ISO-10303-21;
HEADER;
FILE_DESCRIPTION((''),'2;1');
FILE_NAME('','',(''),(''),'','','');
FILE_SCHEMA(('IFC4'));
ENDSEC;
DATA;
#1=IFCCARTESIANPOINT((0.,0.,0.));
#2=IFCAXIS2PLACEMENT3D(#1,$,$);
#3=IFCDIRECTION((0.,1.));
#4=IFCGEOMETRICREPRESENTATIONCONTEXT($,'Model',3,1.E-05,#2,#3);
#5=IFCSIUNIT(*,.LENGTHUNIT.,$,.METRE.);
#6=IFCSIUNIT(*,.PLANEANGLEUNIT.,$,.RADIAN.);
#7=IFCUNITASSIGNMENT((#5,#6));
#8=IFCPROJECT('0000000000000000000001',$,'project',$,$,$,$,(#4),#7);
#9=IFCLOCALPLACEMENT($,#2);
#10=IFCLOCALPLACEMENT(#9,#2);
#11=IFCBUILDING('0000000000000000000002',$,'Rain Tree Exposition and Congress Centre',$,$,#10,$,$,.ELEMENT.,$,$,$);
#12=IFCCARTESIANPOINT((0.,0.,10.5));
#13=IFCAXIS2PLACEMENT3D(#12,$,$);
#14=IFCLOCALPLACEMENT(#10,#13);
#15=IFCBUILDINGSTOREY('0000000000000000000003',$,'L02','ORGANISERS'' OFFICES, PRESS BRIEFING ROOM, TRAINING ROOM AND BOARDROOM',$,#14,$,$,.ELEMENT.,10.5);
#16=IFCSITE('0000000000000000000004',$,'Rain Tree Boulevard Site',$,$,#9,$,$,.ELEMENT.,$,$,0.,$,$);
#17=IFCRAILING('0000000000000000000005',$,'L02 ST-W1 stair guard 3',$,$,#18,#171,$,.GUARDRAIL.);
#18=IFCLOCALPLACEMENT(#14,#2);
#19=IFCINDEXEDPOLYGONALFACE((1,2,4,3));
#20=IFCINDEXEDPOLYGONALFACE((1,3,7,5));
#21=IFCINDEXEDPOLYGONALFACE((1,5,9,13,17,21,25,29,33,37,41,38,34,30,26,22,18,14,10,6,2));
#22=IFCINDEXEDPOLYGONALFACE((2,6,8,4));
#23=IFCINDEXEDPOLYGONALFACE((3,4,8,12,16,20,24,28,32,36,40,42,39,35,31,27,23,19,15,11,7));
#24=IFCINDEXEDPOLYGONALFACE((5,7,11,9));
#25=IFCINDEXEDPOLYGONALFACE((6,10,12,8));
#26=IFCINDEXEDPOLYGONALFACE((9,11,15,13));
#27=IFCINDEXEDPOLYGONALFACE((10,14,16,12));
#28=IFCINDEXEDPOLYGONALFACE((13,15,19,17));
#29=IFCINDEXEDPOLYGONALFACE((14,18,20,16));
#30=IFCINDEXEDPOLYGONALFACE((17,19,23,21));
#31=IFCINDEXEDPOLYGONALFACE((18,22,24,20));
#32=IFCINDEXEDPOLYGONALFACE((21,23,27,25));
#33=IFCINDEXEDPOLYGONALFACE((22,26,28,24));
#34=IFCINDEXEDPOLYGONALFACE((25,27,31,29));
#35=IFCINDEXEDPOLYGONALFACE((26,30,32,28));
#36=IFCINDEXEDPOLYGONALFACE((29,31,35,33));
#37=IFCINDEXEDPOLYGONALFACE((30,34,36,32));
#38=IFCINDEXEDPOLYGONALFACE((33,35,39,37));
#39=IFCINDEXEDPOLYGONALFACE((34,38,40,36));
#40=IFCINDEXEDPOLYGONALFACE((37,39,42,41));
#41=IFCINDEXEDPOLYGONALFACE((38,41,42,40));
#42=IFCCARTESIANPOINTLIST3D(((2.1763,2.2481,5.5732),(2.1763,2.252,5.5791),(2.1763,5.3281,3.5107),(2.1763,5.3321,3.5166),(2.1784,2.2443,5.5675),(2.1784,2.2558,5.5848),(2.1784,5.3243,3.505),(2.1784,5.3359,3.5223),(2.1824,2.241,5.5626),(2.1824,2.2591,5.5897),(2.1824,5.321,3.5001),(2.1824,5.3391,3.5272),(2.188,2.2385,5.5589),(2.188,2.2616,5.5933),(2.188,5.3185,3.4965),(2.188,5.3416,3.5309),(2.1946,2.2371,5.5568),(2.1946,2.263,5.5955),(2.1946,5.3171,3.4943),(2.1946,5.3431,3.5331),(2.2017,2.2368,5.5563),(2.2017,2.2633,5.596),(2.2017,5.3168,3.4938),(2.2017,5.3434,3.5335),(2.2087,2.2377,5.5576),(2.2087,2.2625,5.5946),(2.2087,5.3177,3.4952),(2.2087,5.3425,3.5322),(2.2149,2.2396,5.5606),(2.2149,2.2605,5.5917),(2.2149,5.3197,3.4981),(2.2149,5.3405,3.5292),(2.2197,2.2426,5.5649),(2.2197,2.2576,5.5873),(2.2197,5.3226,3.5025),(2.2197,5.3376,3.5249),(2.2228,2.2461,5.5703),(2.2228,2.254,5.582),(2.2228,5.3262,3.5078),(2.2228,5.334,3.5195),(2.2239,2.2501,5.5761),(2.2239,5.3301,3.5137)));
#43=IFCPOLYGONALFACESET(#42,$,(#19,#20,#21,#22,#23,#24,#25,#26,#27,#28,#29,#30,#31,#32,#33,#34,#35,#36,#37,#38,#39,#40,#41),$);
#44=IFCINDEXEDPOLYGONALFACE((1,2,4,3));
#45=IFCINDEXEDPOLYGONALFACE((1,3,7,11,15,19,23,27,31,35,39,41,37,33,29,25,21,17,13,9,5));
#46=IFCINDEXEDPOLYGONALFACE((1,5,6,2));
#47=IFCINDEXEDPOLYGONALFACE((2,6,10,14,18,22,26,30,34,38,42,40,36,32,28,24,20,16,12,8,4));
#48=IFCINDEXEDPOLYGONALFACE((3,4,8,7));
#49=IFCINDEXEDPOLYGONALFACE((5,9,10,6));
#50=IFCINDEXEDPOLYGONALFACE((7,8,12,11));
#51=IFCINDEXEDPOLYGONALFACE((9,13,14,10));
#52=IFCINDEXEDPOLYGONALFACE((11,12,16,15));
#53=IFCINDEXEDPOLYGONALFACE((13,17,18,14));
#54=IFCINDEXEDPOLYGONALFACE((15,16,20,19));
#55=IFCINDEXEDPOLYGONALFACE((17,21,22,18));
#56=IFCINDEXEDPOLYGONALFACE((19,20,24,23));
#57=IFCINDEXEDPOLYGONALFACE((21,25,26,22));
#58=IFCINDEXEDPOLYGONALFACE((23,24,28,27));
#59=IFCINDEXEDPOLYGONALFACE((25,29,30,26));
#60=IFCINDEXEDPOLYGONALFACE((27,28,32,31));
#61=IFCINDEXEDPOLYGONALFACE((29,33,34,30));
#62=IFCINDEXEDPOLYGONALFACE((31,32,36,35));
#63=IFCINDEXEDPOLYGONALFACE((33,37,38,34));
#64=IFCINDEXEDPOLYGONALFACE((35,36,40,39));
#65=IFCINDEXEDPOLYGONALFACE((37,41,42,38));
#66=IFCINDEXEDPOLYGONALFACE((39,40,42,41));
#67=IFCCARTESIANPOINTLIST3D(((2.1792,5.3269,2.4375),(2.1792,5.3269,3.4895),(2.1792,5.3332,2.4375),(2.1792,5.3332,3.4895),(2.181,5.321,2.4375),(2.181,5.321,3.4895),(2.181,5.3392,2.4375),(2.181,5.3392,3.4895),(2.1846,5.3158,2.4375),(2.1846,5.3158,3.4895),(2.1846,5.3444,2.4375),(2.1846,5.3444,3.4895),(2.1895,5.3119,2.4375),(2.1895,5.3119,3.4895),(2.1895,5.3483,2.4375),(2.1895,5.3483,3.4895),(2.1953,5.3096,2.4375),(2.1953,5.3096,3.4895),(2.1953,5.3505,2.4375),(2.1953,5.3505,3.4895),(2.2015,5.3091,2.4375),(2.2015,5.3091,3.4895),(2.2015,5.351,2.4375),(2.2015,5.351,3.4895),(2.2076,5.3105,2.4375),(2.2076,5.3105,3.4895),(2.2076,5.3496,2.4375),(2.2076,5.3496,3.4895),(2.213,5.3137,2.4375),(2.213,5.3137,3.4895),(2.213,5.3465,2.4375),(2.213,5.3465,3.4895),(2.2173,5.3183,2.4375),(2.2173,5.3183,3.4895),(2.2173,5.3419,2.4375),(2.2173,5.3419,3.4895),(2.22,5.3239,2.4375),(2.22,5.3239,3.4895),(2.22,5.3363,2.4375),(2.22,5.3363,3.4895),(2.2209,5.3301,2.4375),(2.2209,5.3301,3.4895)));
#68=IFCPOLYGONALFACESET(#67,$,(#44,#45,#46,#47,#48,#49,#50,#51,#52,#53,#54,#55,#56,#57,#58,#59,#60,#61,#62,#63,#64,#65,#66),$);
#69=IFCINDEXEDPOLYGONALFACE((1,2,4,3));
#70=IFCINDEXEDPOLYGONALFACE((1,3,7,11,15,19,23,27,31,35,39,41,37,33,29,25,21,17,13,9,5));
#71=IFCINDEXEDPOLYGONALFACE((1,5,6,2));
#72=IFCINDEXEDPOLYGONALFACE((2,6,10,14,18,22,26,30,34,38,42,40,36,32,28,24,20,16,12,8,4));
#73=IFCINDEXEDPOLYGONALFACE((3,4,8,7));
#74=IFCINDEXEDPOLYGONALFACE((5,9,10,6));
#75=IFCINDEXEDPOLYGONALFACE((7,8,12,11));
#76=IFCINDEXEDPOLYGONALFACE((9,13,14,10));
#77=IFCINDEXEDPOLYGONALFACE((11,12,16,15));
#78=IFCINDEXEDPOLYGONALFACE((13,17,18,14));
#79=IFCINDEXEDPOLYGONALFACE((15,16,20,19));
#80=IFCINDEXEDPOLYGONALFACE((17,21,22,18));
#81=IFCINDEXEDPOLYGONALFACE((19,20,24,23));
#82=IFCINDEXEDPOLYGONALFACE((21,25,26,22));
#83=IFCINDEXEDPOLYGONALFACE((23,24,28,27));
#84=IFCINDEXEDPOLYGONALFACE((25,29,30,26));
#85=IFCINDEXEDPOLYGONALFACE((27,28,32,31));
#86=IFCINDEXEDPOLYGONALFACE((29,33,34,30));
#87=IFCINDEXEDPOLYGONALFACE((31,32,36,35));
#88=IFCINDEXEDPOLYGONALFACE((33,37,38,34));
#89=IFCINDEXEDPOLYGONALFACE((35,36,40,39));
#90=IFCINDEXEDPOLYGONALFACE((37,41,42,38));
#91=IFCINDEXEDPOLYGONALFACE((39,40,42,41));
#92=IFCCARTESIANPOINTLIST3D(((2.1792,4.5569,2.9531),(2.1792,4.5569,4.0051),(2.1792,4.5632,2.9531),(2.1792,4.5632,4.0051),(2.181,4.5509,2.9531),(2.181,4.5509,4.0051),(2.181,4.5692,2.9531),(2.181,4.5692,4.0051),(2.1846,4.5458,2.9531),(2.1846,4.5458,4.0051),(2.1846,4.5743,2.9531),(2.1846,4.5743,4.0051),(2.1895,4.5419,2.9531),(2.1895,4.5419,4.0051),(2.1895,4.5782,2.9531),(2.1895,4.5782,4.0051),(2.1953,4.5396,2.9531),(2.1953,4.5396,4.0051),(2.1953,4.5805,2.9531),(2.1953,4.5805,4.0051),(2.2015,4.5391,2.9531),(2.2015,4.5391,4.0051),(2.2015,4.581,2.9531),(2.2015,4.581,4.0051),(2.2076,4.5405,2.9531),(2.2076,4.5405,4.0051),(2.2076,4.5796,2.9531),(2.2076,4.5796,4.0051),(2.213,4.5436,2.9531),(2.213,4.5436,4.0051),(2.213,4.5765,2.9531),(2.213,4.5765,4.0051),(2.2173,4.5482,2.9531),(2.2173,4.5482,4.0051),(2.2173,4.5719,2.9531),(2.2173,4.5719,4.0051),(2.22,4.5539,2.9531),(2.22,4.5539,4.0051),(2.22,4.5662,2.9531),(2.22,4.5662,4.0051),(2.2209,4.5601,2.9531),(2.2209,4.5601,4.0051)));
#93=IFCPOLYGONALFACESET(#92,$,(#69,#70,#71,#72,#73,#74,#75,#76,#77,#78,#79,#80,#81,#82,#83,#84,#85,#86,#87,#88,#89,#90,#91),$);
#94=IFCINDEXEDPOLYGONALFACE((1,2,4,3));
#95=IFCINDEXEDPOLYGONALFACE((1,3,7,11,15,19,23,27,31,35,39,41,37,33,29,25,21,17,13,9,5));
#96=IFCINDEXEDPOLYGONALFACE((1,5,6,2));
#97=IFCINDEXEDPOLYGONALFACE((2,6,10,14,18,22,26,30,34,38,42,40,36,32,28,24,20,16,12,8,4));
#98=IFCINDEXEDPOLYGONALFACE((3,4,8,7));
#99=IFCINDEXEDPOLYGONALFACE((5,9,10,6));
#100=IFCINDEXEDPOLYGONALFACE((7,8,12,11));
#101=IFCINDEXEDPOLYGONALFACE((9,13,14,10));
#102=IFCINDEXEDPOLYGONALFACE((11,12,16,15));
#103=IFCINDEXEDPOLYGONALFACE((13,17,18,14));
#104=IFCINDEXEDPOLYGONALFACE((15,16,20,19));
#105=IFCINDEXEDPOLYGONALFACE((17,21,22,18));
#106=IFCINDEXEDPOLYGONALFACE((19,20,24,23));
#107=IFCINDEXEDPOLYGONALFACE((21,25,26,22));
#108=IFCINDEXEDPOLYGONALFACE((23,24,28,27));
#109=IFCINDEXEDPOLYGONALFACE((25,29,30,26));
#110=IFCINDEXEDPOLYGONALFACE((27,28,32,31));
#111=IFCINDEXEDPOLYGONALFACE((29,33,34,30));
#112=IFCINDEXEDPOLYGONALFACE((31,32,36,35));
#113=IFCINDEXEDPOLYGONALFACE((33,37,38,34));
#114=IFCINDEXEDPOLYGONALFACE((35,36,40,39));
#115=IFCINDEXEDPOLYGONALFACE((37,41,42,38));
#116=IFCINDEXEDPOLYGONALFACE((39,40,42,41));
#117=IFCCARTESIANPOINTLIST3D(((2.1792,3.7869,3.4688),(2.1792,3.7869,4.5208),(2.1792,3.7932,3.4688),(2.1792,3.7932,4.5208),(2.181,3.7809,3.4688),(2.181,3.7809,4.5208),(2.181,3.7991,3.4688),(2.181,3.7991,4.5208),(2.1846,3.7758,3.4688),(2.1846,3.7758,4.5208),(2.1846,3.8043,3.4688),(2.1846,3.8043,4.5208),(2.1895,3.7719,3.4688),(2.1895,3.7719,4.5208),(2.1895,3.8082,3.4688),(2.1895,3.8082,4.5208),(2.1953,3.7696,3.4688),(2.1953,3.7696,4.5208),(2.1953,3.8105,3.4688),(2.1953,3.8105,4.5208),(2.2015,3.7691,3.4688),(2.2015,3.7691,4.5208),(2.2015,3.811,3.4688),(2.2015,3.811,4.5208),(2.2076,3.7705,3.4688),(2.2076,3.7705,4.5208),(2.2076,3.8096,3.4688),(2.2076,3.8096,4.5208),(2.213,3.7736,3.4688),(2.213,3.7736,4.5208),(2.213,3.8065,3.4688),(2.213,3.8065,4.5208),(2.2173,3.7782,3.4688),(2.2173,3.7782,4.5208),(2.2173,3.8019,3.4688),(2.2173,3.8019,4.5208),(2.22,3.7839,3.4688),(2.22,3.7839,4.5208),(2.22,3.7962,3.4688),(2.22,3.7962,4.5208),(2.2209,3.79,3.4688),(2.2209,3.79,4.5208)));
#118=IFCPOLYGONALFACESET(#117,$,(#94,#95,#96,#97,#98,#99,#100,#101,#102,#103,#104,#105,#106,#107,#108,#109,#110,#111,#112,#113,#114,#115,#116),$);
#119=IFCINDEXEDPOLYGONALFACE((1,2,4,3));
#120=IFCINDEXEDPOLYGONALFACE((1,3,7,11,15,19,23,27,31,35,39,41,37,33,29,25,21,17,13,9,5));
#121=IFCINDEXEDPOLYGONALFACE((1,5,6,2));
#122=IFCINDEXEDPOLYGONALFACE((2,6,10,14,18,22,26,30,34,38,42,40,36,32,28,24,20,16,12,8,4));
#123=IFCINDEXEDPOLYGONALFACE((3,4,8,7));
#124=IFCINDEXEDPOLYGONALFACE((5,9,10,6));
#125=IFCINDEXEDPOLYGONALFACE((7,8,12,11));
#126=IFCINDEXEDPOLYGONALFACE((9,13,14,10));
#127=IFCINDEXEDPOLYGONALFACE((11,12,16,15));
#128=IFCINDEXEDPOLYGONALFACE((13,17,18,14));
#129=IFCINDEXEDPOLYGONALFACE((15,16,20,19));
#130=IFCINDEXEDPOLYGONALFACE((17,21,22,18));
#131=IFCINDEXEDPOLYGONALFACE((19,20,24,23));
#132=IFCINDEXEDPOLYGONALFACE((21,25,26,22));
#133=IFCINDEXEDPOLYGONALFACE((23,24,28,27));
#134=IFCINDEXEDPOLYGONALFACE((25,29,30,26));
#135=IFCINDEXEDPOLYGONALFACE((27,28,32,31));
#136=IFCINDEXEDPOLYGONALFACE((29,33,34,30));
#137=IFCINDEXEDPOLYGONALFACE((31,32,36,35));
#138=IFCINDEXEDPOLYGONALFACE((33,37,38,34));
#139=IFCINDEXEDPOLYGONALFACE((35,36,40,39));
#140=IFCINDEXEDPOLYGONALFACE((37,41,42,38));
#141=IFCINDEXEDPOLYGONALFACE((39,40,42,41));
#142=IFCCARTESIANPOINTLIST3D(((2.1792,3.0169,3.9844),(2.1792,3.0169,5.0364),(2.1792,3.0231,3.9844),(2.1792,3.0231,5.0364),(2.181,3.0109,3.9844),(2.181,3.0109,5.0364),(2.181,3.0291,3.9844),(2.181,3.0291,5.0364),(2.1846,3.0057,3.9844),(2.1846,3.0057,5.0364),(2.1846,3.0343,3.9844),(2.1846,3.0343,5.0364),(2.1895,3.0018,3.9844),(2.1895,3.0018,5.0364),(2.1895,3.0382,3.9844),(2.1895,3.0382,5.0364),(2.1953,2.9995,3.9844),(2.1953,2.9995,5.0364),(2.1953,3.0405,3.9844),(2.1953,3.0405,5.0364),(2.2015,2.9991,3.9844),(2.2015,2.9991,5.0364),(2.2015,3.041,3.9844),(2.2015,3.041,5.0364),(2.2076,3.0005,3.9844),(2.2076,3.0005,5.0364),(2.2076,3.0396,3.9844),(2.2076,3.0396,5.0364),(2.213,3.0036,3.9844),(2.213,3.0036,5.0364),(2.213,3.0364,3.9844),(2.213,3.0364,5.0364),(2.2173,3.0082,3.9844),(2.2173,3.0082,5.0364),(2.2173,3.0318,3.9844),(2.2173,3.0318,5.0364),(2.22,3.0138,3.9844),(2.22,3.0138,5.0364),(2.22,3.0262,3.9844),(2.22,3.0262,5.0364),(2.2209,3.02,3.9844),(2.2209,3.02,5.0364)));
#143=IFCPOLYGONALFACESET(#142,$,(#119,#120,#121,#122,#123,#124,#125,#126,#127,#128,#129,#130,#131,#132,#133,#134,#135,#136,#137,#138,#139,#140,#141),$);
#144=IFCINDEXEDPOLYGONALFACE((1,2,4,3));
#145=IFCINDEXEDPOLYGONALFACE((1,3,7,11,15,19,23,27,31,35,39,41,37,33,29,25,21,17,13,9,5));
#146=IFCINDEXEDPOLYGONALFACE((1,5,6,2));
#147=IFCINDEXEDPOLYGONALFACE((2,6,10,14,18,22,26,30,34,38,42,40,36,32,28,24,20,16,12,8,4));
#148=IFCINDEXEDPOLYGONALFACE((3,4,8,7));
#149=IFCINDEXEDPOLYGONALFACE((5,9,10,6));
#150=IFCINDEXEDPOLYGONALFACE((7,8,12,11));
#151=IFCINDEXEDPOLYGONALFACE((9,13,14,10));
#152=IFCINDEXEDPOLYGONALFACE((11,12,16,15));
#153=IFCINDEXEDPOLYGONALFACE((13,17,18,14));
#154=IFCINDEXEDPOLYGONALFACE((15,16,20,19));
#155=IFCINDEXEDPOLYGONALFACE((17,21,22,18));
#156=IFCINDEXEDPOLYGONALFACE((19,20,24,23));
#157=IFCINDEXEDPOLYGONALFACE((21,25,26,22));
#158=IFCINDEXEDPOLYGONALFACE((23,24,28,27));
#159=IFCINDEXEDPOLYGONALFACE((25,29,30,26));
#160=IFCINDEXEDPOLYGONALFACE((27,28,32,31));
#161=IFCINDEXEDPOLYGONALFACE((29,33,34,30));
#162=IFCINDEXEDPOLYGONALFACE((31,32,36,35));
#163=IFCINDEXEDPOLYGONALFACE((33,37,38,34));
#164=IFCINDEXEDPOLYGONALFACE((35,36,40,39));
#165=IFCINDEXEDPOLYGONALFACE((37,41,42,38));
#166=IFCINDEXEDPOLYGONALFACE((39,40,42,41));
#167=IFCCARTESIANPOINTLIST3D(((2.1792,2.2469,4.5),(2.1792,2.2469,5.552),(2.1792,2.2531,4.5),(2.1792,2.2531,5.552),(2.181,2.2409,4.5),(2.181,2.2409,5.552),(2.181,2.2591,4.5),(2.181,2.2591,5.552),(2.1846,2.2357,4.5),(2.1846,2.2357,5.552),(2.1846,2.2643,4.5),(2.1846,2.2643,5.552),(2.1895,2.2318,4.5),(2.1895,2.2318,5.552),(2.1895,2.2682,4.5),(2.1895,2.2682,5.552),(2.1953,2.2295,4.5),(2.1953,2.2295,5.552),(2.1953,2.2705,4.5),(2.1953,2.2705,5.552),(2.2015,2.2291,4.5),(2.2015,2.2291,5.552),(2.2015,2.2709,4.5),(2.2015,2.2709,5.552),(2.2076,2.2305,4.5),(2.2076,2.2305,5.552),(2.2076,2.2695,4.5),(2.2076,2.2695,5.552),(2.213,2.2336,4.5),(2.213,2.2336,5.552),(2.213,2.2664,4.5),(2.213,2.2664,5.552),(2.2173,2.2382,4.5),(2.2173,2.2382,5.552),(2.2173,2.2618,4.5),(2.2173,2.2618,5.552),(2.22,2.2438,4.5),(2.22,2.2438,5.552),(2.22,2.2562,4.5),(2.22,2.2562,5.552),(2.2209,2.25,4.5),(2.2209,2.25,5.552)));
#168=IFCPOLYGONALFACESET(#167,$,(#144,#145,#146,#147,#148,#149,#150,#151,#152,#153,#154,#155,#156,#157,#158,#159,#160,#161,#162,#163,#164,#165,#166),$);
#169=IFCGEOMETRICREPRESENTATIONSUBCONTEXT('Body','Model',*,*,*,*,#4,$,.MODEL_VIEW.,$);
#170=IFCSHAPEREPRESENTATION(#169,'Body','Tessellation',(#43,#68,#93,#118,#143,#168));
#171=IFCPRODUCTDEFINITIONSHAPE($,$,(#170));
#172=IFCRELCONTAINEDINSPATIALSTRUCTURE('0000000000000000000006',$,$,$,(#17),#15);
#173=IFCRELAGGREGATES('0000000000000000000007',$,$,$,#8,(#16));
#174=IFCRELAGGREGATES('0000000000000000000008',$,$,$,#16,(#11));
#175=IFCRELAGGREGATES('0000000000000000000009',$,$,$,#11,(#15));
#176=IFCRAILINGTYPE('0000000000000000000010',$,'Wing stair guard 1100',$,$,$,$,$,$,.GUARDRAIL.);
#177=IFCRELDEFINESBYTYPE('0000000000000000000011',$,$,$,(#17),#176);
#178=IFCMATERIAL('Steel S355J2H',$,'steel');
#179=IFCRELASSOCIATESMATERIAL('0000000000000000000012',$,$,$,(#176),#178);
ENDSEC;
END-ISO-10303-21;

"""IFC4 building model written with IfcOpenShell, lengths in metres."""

from ifc_helpers import new_model, si_unit, direction, frame, origin, origin_2d, place, context, subcontext, project, spatial, circle, extrude, material, type_object, element, save


model = new_model("IFC4")

# Units and contexts
model_context = context("Model", 3, precision=1e-05, world=origin(), true_north=direction((0.0, 1.0)))
body_context = subcontext(model_context, "Body", "Model", "MODEL_VIEW")
ifc_project = project(units=[si_unit("LENGTHUNIT", "METRE"), si_unit("PLANEANGLEUNIT", "RADIAN")], contexts=[model_context])

# Site, building, storey
site_placement = place(None, origin())
site = spatial("IfcSite", under=ifc_project, at=site_placement, Name="Rain Tree Boulevard Site", CompositionType="ELEMENT", RefElevation=0.0)
building_placement = place(site_placement, origin())
building = spatial("IfcBuilding", under=site, at=building_placement, Name="Rain Tree Exposition and Congress Centre", CompositionType="ELEMENT")
storey_placement = place(building_placement, frame((0.0, 0.0, 10.5)))
storey = spatial("IfcBuildingStorey", under=building, at=storey_placement, Name="L02", Description="ORGANISERS' OFFICES, PRESS BRIEFING ROOM, TRAINING ROOM AND BOARDROOM", CompositionType="ELEMENT", Elevation=10.5)

# Railing
ifc_material_1 = material(Name="Steel S355J2H", Category="steel")
railing_type_1 = type_object("IfcRailingType", Name="Wing stair guard 1100", PredefinedType="GUARDRAIL", material=ifc_material_1)
railing_1_placement = place(storey_placement, frame((2.2, 5.3301, 2.4375)))
element("IfcRailing", 1, at=railing_1_placement, inside=storey, type_object=railing_type_1, Name="L02 ST-W1 stair guard 3", PredefinedType="GUARDRAIL", context=body_context, shape_type="SweptSolid", body=[
    extrude(circle(Radius=0.0239, at=origin_2d()), frame((0.0, 0.0, 1.0762), z_axis=(0.0, -0.830914, 0.556401), x_axis=(1.0, 0.0, 0.0)), (0.0, 0.0, 1.0), 3.7068),
    extrude(circle(Radius=0.021, at=origin_2d()), origin(), (0.0, 0.0, 1.0), 1.052),
    extrude(circle(Radius=0.021, at=origin_2d()), frame((0.0, -0.77, 0.5156)), (0.0, 0.0, 1.0), 1.052),
    extrude(circle(Radius=0.021, at=origin_2d()), frame((0.0, -1.54, 1.0312)), (0.0, 0.0, 1.0), 1.052),
    extrude(circle(Radius=0.021, at=origin_2d()), frame((0.0, -2.3101, 1.5469)), (0.0, 0.0, 1.0), 1.052),
    extrude(circle(Radius=0.021, at=origin_2d()), frame((0.0, -3.0801, 2.0625)), (0.0, 0.0, 1.0), 1.052),
])

save(model, "model.ifc")
